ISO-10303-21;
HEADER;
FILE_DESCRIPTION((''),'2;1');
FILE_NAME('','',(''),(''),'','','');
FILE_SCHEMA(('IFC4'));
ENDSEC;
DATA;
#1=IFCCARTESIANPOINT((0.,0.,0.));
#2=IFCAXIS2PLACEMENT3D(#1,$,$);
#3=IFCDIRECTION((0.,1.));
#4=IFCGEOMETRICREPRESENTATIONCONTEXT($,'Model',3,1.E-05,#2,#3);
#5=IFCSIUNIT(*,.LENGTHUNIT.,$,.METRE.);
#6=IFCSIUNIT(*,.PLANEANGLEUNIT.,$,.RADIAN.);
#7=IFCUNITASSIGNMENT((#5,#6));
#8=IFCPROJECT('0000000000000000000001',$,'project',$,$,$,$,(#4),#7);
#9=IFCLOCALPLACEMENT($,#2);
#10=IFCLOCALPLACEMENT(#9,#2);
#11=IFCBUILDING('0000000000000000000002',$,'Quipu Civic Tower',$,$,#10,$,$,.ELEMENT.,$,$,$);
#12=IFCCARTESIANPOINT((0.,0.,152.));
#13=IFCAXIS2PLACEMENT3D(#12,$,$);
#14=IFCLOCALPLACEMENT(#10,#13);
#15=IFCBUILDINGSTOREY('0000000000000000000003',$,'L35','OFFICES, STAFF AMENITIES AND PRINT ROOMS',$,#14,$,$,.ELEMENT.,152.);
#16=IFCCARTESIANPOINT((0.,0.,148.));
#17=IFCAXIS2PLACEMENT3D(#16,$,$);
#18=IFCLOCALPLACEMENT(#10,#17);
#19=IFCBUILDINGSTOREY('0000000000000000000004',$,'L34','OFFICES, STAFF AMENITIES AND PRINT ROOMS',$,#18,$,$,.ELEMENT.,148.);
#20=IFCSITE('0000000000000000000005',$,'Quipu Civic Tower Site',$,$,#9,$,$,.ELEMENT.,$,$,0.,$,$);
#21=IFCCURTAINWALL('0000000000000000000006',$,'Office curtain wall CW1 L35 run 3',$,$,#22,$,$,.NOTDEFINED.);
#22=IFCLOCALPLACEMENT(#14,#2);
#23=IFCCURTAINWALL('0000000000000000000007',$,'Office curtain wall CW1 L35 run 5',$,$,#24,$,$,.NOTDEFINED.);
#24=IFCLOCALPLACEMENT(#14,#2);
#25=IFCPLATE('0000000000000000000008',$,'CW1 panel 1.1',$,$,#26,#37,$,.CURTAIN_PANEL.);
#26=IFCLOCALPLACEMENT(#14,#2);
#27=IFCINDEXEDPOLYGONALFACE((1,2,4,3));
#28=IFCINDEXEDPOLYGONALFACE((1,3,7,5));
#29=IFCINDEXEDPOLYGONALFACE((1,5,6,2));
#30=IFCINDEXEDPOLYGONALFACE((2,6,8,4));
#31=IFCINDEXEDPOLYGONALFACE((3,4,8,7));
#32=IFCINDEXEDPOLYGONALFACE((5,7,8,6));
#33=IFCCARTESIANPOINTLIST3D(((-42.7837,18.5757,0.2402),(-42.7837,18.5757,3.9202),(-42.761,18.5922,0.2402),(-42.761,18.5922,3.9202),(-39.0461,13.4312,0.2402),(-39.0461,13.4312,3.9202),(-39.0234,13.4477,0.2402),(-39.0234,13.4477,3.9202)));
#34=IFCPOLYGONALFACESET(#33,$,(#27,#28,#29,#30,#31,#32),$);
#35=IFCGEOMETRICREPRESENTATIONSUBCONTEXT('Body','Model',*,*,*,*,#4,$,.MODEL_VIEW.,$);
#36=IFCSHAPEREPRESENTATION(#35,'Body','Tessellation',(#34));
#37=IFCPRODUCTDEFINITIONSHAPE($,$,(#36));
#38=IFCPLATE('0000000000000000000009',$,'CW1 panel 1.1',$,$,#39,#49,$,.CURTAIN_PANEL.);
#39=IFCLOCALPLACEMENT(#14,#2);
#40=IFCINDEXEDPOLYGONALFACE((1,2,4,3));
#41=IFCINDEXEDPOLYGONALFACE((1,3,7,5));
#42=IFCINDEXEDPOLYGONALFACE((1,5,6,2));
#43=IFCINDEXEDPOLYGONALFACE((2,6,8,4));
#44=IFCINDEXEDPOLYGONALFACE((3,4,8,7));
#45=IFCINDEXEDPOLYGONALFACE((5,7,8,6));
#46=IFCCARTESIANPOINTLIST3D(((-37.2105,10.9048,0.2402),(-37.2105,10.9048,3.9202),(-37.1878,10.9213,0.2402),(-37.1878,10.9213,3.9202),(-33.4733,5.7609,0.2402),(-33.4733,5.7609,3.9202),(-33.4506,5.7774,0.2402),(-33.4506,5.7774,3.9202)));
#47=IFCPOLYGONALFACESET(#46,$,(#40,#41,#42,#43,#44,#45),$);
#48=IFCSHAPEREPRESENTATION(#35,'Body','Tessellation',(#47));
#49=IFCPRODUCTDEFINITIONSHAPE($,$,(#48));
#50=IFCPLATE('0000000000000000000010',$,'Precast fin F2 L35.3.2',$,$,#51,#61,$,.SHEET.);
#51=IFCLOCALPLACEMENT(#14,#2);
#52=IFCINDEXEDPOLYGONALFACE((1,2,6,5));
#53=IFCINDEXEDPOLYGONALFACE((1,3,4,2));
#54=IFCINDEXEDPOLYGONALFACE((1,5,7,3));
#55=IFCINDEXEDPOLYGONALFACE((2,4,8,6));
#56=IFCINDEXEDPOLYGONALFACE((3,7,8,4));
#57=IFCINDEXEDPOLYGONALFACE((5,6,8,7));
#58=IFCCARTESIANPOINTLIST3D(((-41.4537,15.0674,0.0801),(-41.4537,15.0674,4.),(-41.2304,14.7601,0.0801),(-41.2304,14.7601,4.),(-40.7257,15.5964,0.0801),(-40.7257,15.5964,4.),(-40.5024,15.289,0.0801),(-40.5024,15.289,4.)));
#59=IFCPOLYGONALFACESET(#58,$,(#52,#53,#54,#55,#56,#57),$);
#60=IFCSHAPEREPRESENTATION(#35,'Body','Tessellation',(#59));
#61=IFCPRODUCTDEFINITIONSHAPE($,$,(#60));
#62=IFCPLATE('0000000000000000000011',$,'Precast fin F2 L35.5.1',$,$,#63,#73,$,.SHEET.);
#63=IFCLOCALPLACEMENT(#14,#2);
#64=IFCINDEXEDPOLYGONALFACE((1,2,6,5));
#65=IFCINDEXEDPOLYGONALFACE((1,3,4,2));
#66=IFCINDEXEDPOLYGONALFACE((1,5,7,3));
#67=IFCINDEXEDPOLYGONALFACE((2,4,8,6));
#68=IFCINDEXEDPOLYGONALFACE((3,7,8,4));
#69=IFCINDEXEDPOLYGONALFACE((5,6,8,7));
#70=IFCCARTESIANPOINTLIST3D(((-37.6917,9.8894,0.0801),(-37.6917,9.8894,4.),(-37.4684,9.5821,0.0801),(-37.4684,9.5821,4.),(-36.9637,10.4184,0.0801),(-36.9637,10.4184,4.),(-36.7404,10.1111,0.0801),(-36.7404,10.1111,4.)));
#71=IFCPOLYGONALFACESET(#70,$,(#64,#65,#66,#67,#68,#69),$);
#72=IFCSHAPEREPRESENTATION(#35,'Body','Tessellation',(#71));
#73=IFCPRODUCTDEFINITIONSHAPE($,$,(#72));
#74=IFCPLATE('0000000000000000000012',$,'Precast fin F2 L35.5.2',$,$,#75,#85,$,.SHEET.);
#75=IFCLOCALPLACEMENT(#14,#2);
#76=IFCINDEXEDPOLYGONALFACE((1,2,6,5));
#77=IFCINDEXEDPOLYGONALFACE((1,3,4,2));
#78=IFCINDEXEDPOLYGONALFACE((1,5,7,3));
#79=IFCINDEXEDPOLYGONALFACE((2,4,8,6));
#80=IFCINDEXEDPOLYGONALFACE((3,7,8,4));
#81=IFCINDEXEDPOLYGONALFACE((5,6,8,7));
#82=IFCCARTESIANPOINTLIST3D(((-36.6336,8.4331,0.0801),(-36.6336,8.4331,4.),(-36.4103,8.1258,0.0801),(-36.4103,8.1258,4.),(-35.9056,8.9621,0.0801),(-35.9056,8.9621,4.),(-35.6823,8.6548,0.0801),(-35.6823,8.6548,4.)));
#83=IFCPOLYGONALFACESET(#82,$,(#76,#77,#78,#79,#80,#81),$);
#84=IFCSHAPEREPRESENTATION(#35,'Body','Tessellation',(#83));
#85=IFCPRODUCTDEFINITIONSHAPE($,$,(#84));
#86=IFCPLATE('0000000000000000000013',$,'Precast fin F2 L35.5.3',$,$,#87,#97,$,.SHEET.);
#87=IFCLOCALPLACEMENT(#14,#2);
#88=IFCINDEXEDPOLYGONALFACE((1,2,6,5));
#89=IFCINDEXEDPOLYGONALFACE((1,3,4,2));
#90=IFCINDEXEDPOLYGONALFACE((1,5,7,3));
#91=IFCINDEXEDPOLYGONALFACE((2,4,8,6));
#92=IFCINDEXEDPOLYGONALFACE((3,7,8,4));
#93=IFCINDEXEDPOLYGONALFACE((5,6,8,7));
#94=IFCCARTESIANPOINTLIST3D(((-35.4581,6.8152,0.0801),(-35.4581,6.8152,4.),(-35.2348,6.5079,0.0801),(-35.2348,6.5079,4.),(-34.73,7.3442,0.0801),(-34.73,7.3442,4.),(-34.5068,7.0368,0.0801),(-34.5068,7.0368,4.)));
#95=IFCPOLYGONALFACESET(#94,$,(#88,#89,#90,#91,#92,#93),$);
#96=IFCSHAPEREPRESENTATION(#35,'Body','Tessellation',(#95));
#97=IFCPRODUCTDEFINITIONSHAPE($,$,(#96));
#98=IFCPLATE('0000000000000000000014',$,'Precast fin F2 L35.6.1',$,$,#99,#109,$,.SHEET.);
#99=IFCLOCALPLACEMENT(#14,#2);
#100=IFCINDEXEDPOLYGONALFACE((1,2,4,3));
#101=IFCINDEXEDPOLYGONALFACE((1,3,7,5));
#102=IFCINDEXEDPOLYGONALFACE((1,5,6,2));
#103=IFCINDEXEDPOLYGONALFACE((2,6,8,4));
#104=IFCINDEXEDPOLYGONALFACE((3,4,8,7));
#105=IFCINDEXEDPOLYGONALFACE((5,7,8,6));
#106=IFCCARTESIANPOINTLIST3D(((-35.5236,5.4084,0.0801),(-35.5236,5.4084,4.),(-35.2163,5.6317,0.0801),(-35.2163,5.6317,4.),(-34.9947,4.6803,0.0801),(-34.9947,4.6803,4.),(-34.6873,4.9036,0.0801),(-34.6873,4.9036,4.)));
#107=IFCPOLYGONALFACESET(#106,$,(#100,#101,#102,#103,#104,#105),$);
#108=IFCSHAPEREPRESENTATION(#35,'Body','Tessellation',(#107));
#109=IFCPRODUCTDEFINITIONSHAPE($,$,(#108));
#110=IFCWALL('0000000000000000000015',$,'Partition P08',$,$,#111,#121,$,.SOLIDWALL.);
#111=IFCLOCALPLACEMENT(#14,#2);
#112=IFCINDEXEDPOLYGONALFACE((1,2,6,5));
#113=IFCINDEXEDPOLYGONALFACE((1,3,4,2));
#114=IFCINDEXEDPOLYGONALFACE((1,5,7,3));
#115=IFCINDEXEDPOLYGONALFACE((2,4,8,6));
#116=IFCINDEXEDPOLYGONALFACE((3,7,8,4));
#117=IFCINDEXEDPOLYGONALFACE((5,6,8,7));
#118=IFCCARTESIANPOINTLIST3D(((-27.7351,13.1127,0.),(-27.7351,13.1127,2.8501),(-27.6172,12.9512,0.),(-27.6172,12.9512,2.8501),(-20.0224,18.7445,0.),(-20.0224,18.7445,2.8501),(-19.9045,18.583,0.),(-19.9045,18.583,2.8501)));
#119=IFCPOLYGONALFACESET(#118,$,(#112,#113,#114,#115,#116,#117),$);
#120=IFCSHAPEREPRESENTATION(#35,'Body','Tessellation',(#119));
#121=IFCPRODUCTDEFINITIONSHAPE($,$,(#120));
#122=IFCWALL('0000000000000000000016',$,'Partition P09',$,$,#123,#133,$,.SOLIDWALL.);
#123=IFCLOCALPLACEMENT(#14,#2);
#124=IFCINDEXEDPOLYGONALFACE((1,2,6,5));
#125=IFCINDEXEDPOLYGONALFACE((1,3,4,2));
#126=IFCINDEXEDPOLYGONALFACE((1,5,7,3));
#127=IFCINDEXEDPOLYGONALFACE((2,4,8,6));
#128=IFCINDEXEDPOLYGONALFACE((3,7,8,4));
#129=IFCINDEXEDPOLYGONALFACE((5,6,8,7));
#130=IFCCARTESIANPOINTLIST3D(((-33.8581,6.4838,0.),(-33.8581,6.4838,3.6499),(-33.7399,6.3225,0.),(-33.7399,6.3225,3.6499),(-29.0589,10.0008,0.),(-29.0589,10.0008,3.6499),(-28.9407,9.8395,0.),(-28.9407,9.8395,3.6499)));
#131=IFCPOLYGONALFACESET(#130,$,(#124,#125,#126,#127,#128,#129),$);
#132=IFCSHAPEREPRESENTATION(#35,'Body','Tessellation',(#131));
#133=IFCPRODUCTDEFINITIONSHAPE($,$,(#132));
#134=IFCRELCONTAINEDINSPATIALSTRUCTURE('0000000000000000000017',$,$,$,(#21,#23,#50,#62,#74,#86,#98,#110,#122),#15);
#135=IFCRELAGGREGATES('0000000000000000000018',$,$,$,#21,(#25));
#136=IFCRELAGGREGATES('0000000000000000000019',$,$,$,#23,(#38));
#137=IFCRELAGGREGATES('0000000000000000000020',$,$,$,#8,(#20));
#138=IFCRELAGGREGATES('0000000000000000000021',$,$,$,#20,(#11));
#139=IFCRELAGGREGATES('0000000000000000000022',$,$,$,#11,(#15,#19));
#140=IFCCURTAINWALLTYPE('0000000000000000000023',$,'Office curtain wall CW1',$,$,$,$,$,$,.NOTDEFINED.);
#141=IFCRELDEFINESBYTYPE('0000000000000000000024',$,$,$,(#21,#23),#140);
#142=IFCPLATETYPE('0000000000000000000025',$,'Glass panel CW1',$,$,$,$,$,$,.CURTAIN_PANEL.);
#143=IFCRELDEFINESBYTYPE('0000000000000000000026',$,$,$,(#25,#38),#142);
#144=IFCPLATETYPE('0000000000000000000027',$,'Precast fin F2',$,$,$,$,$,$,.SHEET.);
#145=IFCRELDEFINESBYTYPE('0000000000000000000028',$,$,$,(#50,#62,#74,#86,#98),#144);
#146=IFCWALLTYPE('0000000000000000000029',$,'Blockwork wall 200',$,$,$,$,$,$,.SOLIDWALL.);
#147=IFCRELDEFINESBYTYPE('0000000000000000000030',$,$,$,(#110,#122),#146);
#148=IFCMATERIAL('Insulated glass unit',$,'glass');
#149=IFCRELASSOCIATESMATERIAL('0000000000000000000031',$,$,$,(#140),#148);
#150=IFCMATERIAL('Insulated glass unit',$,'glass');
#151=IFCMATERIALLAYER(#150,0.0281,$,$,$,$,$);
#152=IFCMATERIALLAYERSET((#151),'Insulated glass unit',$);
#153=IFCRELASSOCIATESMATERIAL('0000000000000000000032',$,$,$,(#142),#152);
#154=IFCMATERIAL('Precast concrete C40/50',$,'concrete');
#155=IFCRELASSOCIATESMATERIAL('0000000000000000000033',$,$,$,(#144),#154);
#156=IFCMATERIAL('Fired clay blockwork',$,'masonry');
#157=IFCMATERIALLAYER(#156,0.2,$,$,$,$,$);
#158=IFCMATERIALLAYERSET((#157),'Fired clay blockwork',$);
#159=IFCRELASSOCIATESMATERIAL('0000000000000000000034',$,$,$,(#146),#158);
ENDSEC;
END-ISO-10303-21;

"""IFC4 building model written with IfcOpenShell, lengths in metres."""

from ifc_helpers import new_model, si_unit, direction, frame, frame_2d, origin, origin_2d, place, context, subcontext, project, spatial, rectangle, extrude, material, layer, layer_set, type_object, element, aggregate, save


model = new_model("IFC4")

# Units and contexts
model_context = context("Model", 3, precision=1e-05, world=origin(), true_north=direction((0.0, 1.0)))
body_context = subcontext(model_context, "Body", "Model", "MODEL_VIEW")
ifc_project = project(units=[si_unit("LENGTHUNIT", "METRE"), si_unit("PLANEANGLEUNIT", "RADIAN")], contexts=[model_context])

# Site, building, storey
site_placement = place(None, origin())
site = spatial("IfcSite", under=ifc_project, at=site_placement, Name="Quipu Civic Tower Site", CompositionType="ELEMENT", RefElevation=0.0)
building_placement = place(site_placement, origin())
building = spatial("IfcBuilding", under=site, at=building_placement, Name="Quipu Civic Tower", CompositionType="ELEMENT")
storey_1_placement = place(building_placement, frame((0.0, 0.0, 152.0)))
storey_1 = spatial("IfcBuildingStorey", under=building, at=storey_1_placement, Name="L35", Description="OFFICES, STAFF AMENITIES AND PRINT ROOMS", CompositionType="ELEMENT", Elevation=152.0)

# Curtain wall
ifc_material_1 = material(Name="Insulated glass unit", Category="glass")
curtain_wall_type = type_object("IfcCurtainWallType", Name="Office curtain wall CW1", PredefinedType="NOTDEFINED", material=ifc_material_1)
curtain_wall_1_placement = place(storey_1_placement, origin())
curtain_wall_1 = element("IfcCurtainWall", 1, at=curtain_wall_1_placement, inside=storey_1, type_object=curtain_wall_type, Name="Office curtain wall CW1 L35 run 3", PredefinedType="NOTDEFINED")

# Curtain wall
curtain_wall_2_placement = place(storey_1_placement, origin())
curtain_wall_2 = element("IfcCurtainWall", 2, at=curtain_wall_2_placement, inside=storey_1, type_object=curtain_wall_type, Name="Office curtain wall CW1 L35 run 5", PredefinedType="NOTDEFINED")

# Shared definitions
storey_2_placement = place(building_placement, frame((0.0, 0.0, 148.0)))
storey_2 = spatial("IfcBuildingStorey", under=building, at=storey_2_placement, Name="L34", Description="OFFICES, STAFF AMENITIES AND PRINT ROOMS", CompositionType="ELEMENT", Elevation=148.0)

# Plates
ifc_material_2 = material(Name="Insulated glass unit", Category="glass")
ifc_layer_1 = layer(ifc_material_2, 0.0281)
ifc_layer_set_1 = layer_set([ifc_layer_1], Name="Insulated glass unit")
plate_type_1 = type_object("IfcPlateType", Name="Glass panel CW1", PredefinedType="CURTAIN_PANEL", material=ifc_layer_set_1)
plate_1_placement = place(storey_1_placement, frame((-40.9036, 16.0117, 0.2402), z_axis=(0.0, 0.0, 1.0), x_axis=(0.587784, -0.809018, 0.0)))
plate_1 = element("IfcPlate", 3, at=plate_1_placement, type_object=plate_type_1, Name="CW1 panel 1.1", PredefinedType="CURTAIN_PANEL", context=body_context, shape_type="SweptSolid", body=[
    extrude(rectangle(XDim=6.3589, YDim=0.0281, at=origin_2d()), origin(), (0.0, 0.0, 1.0), 3.6799),
])
aggregate(curtain_wall_1, [plate_1])
plate_2_placement = place(storey_1_placement, frame((-35.3306, 8.3411, 0.2402), z_axis=(0.0, 0.0, 1.0), x_axis=(0.587778, -0.809023, 0.0)))
plate_2 = element("IfcPlate", 4, at=plate_2_placement, type_object=plate_type_1, Name="CW1 panel 1.1", PredefinedType="CURTAIN_PANEL", context=body_context, shape_type="SweptSolid", body=[
    extrude(rectangle(XDim=6.3582, YDim=0.0281, at=origin_2d()), origin(), (0.0, 0.0, 1.0), 3.6799),
])
aggregate(curtain_wall_2, [plate_2])

# Plates
ifc_material_3 = material(Name="Precast concrete C40/50", Category="concrete")
plate_type_2 = type_object("IfcPlateType", Name="Precast fin F2", PredefinedType="SHEET", material=ifc_material_3)
for number, where, z_axis, x_axis, name in (
    (5, (-40.978, 15.1782, 0.0801), (0.0, 0.0, 1.0), (0.587784, -0.809018, 0.0), "Precast fin F2 L35.3.2"),
    (6, (-37.2161, 10.0002, 0.0801), (0.0, 0.0, 1.0), (0.587784, -0.809018, 0.0), "Precast fin F2 L35.5.1"),
    (7, (-36.158, 8.5439, 0.0801), (0.0, 0.0, 1.0), (0.587784, -0.809018, 0.0), "Precast fin F2 L35.5.2"),
    (8, (-34.9824, 6.926, 0.0801), (0.0, 0.0, 1.0), (0.587784, -0.809018, 0.0), "Precast fin F2 L35.5.3"),
    (9, (-35.1055, 5.156, 0.0801), (0.0, 0.0, 1.0), (-0.809015, -0.587788, 0.0), "Precast fin F2 L35.6.1"),
):
    element("IfcPlate", number, at=place(storey_1_placement, frame(where, z_axis=z_axis, x_axis=x_axis)), inside=storey_1, type_object=plate_type_2, Name=name, PredefinedType="SHEET", context=body_context, shape_type="SweptSolid", body=[
        extrude(rectangle(XDim=0.3799, YDim=0.8999, at=origin_2d()), origin(), (0.0, 0.0, 1.0), 3.9199),
    ])

# Walls
ifc_material_4 = material(Name="Fired clay blockwork", Category="masonry")
ifc_layer_2 = layer(ifc_material_4, 0.2)
ifc_layer_set_2 = layer_set([ifc_layer_2], Name="Fired clay blockwork")
wall_type_1 = type_object("IfcWallType", Name="Blockwork wall 200", PredefinedType="SOLIDWALL", material=ifc_layer_set_2)
wall_1_placement = place(storey_1_placement, frame((-27.676, 13.032, 0.0), z_axis=(0.0, 0.0, 1.0), x_axis=(0.807607, 0.589721, 0.0)))
element("IfcWall", 10, at=wall_1_placement, inside=storey_1, type_object=wall_type_1, Name="Partition P08", PredefinedType="SOLIDWALL", context=body_context, shape_type="SweptSolid", body=[
    extrude(rectangle(XDim=9.55, YDim=0.2, at=frame_2d((4.7749, 0.0))), origin(), (0.0, 0.0, 1.0), 2.8501),
])
wall_2_placement = place(storey_1_placement, frame((-33.7991, 6.4031, 0.0), z_axis=(0.0, 0.0, 1.0), x_axis=(0.806598, 0.5911, 0.0)))
element("IfcWall", 11, at=wall_2_placement, inside=storey_1, type_object=wall_type_1, Name="Partition P09", PredefinedType="SOLIDWALL", context=body_context, shape_type="SweptSolid", body=[
    extrude(rectangle(XDim=5.95, YDim=0.2, at=frame_2d((2.9751, 0.0))), origin(), (0.0, 0.0, 1.0), 3.6499),
])

save(model, "model.ifc")
